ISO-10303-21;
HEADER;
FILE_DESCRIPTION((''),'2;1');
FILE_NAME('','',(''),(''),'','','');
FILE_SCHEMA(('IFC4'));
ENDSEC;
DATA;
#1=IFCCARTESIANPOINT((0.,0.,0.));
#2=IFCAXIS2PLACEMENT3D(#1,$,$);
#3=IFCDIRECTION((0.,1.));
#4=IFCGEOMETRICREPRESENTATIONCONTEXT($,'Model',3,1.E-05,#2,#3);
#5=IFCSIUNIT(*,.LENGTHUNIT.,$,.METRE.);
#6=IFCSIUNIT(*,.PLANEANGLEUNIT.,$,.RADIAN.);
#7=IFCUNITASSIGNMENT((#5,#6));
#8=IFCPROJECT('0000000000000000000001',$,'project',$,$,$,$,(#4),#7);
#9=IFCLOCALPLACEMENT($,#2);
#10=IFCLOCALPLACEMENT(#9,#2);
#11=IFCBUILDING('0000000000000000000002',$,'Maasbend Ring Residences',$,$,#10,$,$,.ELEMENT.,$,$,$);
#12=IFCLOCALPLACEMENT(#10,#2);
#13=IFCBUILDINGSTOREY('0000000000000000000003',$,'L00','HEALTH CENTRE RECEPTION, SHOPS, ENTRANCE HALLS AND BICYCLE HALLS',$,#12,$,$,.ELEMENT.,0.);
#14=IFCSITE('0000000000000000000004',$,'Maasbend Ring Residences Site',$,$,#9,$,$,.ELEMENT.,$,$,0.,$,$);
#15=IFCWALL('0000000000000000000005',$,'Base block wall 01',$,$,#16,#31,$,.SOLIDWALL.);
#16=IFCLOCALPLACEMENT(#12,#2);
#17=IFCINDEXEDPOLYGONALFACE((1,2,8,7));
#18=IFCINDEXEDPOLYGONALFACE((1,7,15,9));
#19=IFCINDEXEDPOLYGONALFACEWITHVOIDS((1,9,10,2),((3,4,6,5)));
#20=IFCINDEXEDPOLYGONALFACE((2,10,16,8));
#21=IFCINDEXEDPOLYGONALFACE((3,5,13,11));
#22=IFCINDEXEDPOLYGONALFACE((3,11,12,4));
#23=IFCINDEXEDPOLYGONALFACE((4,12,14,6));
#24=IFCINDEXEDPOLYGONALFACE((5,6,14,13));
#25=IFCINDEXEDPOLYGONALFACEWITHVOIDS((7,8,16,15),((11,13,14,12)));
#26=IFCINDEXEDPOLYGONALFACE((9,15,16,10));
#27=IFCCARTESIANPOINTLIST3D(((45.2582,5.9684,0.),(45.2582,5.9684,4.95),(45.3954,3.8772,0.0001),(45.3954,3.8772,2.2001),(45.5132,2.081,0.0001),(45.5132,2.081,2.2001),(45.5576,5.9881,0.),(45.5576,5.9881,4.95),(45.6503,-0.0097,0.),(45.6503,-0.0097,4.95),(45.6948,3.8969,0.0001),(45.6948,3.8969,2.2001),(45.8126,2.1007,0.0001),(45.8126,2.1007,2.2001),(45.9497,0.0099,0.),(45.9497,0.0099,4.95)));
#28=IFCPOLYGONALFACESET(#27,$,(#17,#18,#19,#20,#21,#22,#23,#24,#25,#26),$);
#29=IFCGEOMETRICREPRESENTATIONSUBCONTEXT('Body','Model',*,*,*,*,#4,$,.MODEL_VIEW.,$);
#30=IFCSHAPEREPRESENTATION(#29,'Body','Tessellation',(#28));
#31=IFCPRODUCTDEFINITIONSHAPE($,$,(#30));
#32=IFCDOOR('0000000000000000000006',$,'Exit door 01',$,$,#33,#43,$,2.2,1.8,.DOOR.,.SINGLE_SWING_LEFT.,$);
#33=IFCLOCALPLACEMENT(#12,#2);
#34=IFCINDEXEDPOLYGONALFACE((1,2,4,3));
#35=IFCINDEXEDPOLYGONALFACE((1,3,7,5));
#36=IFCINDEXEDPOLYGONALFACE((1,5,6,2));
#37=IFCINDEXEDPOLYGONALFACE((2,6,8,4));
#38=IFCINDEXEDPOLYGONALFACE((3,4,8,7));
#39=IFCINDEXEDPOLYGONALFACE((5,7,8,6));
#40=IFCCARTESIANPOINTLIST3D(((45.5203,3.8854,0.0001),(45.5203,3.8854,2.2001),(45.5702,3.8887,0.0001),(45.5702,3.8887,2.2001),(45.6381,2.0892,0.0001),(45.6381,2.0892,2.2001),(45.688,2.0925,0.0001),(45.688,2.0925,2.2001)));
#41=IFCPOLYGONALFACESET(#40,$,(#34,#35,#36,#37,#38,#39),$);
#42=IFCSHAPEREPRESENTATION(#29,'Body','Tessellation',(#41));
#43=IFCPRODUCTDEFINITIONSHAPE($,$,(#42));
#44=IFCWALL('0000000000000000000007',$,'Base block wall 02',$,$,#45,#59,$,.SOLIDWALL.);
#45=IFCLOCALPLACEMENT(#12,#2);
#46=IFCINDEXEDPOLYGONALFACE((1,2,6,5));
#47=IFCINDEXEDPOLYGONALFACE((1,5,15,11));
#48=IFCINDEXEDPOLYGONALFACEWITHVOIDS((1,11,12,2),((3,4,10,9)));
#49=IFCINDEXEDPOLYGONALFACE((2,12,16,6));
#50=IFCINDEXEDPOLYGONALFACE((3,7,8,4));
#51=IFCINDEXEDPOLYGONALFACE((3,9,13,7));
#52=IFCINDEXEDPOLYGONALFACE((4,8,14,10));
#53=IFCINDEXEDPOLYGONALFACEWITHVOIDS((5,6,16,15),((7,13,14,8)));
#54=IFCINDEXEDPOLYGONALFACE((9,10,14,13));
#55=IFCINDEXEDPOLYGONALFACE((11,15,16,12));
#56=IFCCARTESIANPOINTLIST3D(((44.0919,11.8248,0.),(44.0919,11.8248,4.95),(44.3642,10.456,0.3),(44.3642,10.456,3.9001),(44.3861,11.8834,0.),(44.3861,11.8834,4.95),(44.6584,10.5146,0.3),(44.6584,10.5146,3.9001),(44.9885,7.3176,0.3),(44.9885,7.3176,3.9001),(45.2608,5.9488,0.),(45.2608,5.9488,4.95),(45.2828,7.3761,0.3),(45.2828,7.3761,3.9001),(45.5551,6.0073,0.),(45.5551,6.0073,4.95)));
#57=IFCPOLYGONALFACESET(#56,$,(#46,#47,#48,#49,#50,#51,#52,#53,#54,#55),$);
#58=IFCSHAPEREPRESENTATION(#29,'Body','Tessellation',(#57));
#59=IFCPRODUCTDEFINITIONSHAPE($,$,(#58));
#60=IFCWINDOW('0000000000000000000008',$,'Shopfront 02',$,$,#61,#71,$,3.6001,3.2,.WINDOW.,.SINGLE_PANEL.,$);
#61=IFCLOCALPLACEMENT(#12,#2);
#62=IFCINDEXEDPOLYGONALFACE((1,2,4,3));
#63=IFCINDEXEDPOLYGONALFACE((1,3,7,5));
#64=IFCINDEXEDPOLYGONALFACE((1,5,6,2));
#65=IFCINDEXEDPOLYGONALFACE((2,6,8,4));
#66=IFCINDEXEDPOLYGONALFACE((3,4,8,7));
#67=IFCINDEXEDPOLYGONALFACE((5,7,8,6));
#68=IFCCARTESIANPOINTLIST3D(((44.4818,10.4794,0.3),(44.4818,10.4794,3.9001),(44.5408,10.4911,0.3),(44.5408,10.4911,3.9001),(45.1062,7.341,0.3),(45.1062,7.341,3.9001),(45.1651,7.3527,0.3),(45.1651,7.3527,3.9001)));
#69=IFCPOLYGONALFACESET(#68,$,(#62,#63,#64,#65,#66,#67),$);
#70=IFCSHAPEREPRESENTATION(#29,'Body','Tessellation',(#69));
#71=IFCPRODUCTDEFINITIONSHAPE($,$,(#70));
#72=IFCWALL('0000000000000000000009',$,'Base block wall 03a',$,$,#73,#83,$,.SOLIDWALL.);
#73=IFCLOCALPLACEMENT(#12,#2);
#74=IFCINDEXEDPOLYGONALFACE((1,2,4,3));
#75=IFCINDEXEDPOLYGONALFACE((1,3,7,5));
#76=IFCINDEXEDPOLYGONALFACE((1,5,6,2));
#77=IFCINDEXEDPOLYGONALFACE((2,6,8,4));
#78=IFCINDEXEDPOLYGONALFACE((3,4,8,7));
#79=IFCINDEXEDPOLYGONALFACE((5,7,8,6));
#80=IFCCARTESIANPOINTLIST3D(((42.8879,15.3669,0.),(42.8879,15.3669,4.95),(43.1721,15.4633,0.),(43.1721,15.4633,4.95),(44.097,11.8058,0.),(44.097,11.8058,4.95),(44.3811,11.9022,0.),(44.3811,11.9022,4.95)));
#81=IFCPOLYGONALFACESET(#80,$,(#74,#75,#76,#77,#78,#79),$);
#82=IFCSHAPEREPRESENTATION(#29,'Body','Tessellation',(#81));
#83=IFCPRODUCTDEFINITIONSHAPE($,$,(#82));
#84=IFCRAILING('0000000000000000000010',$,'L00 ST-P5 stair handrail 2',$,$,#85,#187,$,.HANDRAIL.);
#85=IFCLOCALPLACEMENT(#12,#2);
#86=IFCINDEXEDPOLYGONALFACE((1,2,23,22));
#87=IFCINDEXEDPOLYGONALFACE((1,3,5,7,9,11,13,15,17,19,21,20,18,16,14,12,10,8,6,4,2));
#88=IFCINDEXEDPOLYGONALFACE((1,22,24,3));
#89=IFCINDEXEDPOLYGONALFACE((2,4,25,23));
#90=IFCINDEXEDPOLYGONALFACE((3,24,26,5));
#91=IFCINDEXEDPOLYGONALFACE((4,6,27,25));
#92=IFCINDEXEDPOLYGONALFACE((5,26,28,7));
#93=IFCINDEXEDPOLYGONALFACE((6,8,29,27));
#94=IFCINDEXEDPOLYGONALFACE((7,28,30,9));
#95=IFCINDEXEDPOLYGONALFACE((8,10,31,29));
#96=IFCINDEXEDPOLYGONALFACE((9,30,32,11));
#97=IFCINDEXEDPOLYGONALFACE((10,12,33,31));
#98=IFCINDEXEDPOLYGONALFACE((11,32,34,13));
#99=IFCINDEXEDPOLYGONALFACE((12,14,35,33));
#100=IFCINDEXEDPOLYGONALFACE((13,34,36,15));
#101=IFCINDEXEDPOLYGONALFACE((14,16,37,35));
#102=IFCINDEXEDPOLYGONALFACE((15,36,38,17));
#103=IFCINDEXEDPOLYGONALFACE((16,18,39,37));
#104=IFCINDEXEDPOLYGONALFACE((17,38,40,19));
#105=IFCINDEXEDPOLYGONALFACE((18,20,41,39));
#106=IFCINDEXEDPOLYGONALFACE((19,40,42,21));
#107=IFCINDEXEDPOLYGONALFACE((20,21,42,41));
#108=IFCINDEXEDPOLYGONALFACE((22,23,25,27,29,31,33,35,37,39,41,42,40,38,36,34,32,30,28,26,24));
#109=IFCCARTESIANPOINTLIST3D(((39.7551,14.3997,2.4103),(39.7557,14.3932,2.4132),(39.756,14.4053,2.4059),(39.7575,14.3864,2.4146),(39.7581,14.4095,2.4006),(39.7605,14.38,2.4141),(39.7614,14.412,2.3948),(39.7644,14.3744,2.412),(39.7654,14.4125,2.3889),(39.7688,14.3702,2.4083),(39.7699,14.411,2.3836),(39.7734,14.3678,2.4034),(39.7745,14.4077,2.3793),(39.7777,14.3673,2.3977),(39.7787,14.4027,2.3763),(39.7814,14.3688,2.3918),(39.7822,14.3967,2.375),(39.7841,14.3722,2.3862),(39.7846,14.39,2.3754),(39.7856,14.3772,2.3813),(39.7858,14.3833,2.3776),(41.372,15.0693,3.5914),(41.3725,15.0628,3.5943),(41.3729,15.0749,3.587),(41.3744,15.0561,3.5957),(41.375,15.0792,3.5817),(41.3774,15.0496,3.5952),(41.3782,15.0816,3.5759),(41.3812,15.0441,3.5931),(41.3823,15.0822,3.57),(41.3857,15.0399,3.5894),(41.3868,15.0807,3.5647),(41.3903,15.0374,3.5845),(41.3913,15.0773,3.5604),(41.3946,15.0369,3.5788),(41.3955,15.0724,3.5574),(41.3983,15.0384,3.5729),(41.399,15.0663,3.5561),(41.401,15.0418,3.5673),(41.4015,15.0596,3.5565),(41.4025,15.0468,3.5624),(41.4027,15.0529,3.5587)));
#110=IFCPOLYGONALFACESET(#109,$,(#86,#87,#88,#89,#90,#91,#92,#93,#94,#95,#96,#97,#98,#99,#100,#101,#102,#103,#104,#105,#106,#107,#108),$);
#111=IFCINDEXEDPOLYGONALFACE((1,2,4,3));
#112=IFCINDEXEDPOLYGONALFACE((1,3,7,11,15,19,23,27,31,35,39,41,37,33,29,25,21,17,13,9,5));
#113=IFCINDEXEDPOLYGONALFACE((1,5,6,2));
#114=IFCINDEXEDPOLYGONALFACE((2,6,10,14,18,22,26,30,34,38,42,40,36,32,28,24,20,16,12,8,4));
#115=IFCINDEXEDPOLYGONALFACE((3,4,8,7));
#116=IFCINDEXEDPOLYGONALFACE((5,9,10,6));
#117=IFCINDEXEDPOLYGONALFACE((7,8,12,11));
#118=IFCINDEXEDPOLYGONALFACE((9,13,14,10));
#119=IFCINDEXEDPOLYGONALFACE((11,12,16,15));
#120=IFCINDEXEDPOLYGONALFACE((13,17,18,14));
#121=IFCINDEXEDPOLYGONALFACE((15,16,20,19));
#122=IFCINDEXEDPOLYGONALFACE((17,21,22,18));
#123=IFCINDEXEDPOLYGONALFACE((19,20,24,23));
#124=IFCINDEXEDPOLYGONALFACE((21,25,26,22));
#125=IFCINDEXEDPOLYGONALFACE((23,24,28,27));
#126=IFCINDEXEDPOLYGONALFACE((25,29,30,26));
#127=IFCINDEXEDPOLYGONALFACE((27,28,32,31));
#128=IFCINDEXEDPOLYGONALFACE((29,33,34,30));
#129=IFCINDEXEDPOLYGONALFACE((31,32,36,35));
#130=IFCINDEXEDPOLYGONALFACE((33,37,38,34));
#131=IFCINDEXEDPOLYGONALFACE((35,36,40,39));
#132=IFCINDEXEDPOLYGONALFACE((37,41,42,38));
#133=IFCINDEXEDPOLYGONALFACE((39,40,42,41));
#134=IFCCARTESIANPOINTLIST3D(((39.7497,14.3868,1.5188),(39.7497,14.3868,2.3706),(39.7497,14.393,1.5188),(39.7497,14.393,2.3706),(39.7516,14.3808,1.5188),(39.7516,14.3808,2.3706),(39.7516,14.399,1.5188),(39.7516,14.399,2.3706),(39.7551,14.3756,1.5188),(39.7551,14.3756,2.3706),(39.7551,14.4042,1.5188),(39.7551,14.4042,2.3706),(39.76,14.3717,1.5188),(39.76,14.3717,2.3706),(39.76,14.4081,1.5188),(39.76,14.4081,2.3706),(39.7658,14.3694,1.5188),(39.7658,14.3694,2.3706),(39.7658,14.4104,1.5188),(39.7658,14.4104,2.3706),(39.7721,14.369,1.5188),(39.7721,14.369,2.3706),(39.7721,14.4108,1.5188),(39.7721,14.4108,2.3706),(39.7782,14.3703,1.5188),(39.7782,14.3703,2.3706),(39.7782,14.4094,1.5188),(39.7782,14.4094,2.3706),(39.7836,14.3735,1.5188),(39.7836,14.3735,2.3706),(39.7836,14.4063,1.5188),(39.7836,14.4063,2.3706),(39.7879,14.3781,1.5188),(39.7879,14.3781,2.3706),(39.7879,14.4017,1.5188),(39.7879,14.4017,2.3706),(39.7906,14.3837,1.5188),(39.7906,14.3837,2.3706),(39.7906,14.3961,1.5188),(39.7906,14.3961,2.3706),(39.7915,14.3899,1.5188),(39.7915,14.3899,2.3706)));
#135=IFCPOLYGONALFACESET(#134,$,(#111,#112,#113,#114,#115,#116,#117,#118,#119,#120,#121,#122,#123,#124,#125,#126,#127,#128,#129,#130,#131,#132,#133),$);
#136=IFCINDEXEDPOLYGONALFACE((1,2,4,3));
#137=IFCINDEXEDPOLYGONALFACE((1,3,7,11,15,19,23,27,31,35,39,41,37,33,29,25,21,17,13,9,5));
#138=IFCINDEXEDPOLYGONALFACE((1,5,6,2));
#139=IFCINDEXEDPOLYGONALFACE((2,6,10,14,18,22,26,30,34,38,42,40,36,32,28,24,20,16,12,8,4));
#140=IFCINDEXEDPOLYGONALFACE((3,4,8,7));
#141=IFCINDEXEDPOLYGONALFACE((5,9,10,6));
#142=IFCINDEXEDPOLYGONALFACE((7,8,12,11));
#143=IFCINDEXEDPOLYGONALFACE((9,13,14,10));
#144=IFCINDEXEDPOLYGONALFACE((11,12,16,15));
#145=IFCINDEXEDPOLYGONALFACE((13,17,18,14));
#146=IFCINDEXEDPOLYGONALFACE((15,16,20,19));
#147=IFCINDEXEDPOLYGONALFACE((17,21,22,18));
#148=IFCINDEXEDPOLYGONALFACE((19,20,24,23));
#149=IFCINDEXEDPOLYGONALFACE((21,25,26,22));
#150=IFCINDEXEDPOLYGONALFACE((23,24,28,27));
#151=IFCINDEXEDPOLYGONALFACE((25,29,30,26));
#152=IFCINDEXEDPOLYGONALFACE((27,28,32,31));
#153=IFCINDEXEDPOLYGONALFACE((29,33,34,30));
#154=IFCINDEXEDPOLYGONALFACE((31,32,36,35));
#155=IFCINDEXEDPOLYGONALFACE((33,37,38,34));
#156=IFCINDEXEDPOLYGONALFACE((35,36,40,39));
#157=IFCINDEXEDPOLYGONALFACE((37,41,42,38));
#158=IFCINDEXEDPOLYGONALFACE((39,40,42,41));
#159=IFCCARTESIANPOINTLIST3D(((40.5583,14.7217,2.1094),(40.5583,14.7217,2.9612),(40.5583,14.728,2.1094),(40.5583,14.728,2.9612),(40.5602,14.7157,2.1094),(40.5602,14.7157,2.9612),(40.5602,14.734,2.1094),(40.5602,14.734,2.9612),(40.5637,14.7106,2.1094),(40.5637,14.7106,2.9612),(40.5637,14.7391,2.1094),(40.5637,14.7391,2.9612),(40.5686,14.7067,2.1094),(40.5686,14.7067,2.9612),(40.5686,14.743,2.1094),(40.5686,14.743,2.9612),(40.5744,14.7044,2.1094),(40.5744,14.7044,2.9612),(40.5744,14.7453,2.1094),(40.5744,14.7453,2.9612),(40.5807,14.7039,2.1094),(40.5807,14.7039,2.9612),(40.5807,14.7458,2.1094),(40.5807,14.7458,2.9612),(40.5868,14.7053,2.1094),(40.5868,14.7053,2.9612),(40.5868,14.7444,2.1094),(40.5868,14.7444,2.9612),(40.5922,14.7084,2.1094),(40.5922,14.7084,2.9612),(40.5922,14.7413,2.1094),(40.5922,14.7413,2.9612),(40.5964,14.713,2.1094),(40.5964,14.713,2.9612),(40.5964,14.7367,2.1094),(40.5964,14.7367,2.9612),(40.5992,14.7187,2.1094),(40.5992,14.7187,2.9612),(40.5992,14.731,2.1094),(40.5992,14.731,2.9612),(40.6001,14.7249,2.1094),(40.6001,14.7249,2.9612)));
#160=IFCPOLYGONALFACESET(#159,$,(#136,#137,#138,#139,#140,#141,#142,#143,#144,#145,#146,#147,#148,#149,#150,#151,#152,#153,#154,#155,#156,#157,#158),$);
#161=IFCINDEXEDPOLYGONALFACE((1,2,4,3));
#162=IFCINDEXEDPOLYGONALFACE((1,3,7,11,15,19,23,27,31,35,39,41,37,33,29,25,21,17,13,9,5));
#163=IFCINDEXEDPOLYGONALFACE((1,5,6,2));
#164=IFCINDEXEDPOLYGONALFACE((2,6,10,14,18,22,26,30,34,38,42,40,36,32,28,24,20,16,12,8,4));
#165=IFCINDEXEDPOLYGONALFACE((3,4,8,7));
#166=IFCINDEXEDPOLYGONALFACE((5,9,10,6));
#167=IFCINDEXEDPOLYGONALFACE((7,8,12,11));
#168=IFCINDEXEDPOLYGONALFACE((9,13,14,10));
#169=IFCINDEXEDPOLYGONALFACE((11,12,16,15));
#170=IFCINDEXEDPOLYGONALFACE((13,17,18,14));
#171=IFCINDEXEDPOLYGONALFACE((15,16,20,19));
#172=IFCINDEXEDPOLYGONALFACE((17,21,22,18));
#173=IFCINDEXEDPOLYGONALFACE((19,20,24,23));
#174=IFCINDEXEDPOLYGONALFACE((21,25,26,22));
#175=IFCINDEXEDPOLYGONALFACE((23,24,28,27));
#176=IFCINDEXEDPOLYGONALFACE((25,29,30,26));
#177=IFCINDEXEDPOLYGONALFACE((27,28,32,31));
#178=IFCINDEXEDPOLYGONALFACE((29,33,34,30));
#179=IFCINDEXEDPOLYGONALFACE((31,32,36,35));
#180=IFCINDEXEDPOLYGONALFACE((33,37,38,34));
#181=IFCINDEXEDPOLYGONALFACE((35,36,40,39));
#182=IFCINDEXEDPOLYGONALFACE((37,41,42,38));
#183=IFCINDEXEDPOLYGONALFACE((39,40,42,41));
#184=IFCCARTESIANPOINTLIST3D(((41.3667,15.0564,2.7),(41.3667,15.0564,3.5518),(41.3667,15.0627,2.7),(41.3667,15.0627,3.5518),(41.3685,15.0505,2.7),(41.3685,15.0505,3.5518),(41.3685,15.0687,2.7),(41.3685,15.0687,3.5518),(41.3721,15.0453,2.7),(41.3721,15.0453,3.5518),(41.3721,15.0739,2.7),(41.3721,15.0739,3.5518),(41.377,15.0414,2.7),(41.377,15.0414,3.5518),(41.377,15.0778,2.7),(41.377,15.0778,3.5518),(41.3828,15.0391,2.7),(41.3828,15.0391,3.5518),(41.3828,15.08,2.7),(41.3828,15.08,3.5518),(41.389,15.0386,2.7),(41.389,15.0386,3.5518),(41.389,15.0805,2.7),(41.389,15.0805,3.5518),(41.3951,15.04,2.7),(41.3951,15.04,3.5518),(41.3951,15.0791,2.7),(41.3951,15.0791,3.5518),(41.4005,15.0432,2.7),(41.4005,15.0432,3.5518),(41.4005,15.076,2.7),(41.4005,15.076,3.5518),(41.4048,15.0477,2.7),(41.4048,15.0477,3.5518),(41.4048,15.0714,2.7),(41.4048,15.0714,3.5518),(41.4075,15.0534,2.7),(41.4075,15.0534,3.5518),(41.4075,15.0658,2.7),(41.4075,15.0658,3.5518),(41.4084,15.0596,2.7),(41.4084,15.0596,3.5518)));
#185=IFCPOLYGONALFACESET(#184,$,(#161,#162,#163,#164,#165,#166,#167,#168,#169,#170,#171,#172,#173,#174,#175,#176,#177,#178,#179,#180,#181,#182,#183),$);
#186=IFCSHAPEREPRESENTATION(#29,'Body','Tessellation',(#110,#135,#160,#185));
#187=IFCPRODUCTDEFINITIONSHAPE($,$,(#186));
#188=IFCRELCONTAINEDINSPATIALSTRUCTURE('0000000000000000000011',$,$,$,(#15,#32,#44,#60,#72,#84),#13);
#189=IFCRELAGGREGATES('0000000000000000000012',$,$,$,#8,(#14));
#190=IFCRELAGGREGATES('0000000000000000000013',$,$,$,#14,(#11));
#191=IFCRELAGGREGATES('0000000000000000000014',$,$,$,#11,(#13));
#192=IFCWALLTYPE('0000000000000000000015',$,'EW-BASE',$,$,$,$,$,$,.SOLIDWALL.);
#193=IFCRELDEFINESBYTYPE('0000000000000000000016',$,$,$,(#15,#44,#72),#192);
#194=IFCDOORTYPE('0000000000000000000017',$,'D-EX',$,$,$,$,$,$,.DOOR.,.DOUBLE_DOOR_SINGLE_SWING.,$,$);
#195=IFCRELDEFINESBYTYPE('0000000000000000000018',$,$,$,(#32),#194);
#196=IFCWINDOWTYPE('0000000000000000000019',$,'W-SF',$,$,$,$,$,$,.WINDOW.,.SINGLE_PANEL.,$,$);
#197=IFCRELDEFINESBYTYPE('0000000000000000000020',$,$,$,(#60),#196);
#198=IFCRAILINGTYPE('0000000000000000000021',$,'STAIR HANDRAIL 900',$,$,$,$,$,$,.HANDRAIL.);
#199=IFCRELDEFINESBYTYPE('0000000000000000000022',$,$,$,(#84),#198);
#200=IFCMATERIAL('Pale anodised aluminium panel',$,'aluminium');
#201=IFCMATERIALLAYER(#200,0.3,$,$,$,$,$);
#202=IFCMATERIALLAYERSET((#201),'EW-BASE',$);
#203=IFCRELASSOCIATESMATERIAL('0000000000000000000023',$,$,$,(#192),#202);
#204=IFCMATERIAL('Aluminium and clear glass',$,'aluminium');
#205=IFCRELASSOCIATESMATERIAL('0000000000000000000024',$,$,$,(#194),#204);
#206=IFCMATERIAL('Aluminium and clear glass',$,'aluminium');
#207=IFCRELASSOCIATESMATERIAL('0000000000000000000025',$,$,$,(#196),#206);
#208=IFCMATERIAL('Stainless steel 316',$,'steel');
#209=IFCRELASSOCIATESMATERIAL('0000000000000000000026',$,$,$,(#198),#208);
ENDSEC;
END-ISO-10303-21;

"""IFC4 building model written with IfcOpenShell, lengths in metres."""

from ifc_helpers import new_model, si_unit, direction, frame, frame_2d, origin, origin_2d, place, context, subcontext, project, spatial, rectangle, circle, extrude, material, layer, layer_set, type_object, element, fill, save


model = new_model("IFC4")

# Units and contexts
model_context = context("Model", 3, precision=1e-05, world=origin(), true_north=direction((0.0, 1.0)))
body_context = subcontext(model_context, "Body", "Model", "MODEL_VIEW")
ifc_project = project(units=[si_unit("LENGTHUNIT", "METRE"), si_unit("PLANEANGLEUNIT", "RADIAN")], contexts=[model_context])

# Site, building, storey
site_placement = place(None, origin())
site = spatial("IfcSite", under=ifc_project, at=site_placement, Name="Maasbend Ring Residences Site", CompositionType="ELEMENT", RefElevation=0.0)
building_placement = place(site_placement, origin())
building = spatial("IfcBuilding", under=site, at=building_placement, Name="Maasbend Ring Residences", CompositionType="ELEMENT")
storey_placement = place(building_placement, origin())
storey = spatial("IfcBuildingStorey", under=building, at=storey_placement, Name="L00", Description="HEALTH CENTRE RECEPTION, SHOPS, ENTRANCE HALLS AND BICYCLE HALLS", CompositionType="ELEMENT", Elevation=0.0)

# Wall, opening, door
ifc_material_1 = material(Name="Pale anodised aluminium panel", Category="aluminium")
ifc_layer_1 = layer(ifc_material_1, 0.3)
ifc_layer_set_1 = layer_set([ifc_layer_1], Name="EW-BASE")
wall_type_1 = type_object("IfcWallType", Name="EW-BASE", PredefinedType="SOLIDWALL", material=ifc_layer_set_1)
wall_1_placement = place(storey_placement, frame((45.8, 0.0, 0.0), z_axis=(0.0, 0.0, 1.0), x_axis=(-0.065448, 0.997856, 0.0)))
wall_1 = element("IfcWall", 1, at=wall_1_placement, inside=storey, type_object=wall_type_1, Name="Base block wall 01", PredefinedType="SOLIDWALL", context=body_context, shape_type="SweptSolid", body=[
    extrude(rectangle(XDim=5.991, YDim=0.3, at=frame_2d((2.9956, 0.0))), origin(), (0.0, 0.0, 1.0), 4.95),
])
opening_1_placement = place(wall_1_placement, frame((2.0955, 0.0, 0.0)))
opening_1 = element("IfcOpeningElement", 2, at=opening_1_placement, cuts=wall_1, PredefinedType="OPENING", context=body_context, shape_type="SweptSolid", body=[
    extrude(rectangle(XDim=1.8, YDim=2.2, at=frame_2d((0.8999, 1.1001))), frame((0.0, 0.1602, 0.0), z_axis=(0.0, -1.0, 0.0), x_axis=(1.0, 0.0, 0.0)), (0.0, 0.0, 1.0), 0.3201),
])
ifc_material_2 = material(Name="Aluminium and clear glass", Category="aluminium")
door_type_1 = type_object("IfcDoorType", Name="D-EX", OperationType="DOUBLE_DOOR_SINGLE_SWING", PredefinedType="DOOR", material=ifc_material_2)
door_1_placement = place(opening_1_placement, origin())
door_1 = element("IfcDoor", 3, at=door_1_placement, inside=storey, type_object=door_type_1, Name="Exit door 01", OperationType="SINGLE_SWING_LEFT", OverallHeight=2.2, OverallWidth=1.8, PredefinedType="DOOR", context=body_context, shape_type="SweptSolid", body=[
    extrude(rectangle(XDim=1.8, YDim=2.2, at=frame_2d((0.8999, 1.1001))), frame((0.0, 0.0249, 0.0), z_axis=(0.0, -1.0, 0.0), x_axis=(1.0, 0.0, 0.0)), (0.0, 0.0, 1.0), 0.05),
])
fill(opening_1, door_1)

# Wall, opening, window
wall_2_placement = place(storey_placement, frame((45.408, 5.978, 0.0), z_axis=(0.0, 0.0, 1.0), x_axis=(-0.195113, 0.980781, 0.0)))
wall_2 = element("IfcWall", 4, at=wall_2_placement, inside=storey, type_object=wall_type_1, Name="Base block wall 02", PredefinedType="SOLIDWALL", context=body_context, shape_type="SweptSolid", body=[
    extrude(rectangle(XDim=5.9912, YDim=0.3, at=frame_2d((2.9956, 0.0))), origin(), (0.0, 0.0, 1.0), 4.95),
])
opening_2_placement = place(wall_2_placement, frame((1.3955, 0.0, 0.3)))
opening_2 = element("IfcOpeningElement", 5, at=opening_2_placement, cuts=wall_2, PredefinedType="OPENING", context=body_context, shape_type="SweptSolid", body=[
    extrude(rectangle(XDim=3.2, YDim=3.6001, at=frame_2d((1.6001, 1.8))), frame((0.0, 0.1602, 0.0), z_axis=(0.0, -1.0, 0.0), x_axis=(1.0, 0.0, 0.0)), (0.0, 0.0, 1.0), 0.3201),
])
ifc_material_3 = material(Name="Aluminium and clear glass", Category="aluminium")
window_type = type_object("IfcWindowType", Name="W-SF", PartitioningType="SINGLE_PANEL", PredefinedType="WINDOW", material=ifc_material_3)
window_placement = place(opening_2_placement, origin())
window = element("IfcWindow", 6, at=window_placement, inside=storey, type_object=window_type, Name="Shopfront 02", OverallHeight=3.6001, OverallWidth=3.2, PartitioningType="SINGLE_PANEL", PredefinedType="WINDOW", context=body_context, shape_type="SweptSolid", body=[
    extrude(rectangle(XDim=3.2, YDim=3.6001, at=frame_2d((1.6001, 1.8))), frame((0.0, 0.03, 0.0), z_axis=(0.0, -1.0, 0.0), x_axis=(1.0, 0.0, 0.0)), (0.0, 0.0, 1.0), 0.0601),
])
fill(opening_2, window)

# Wall
wall_3_placement = place(storey_placement, frame((44.239, 11.854, 0.0), z_axis=(0.0, 0.0, 1.0), x_axis=(-0.321481, 0.946916, 0.0)))
element("IfcWall", 7, at=wall_3_placement, inside=storey, type_object=wall_type_1, Name="Base block wall 03a", PredefinedType="SOLIDWALL", context=body_context, shape_type="SweptSolid", body=[
    extrude(rectangle(XDim=3.7607, YDim=0.3, at=frame_2d((1.8804, 0.0))), origin(), (0.0, 0.0, 1.0), 4.95),
])

# Railing
ifc_material_4 = material(Name="Stainless steel 316", Category="steel")
railing_type = type_object("IfcRailingType", Name="STAIR HANDRAIL 900", PredefinedType="HANDRAIL", material=ifc_material_4)
for number, where, name in (
    (8, (39.7705, 14.3899, 1.5188), "L00 ST-P5 stair handrail 2"),
):
    element("IfcRailing", number, at=place(storey_placement, frame(where)), inside=storey, type_object=railing_type, Name=name, PredefinedType="HANDRAIL", context=body_context, shape_type="SweptSolid", body=[
        extrude(circle(Radius=0.0239, at=origin_2d()), frame((0.0, 0.0, 0.876), z_axis=(0.765808, 0.317169, 0.559411), x_axis=(-0.382643, 0.923896, 0.0)), (0.0, 0.0, 1.0), 2.1113),
        extrude(circle(Radius=0.021, at=origin_2d()), origin(), (0.0, 0.0, 1.0), 0.8518),
        extrude(circle(Radius=0.021, at=origin_2d()), frame((0.8086, 0.335, 0.5906)), (0.0, 0.0, 1.0), 0.8518),
        extrude(circle(Radius=0.021, at=origin_2d()), frame((1.6169, 0.6697, 1.1812)), (0.0, 0.0, 1.0), 0.8518),
    ])

save(model, "model.ifc")
